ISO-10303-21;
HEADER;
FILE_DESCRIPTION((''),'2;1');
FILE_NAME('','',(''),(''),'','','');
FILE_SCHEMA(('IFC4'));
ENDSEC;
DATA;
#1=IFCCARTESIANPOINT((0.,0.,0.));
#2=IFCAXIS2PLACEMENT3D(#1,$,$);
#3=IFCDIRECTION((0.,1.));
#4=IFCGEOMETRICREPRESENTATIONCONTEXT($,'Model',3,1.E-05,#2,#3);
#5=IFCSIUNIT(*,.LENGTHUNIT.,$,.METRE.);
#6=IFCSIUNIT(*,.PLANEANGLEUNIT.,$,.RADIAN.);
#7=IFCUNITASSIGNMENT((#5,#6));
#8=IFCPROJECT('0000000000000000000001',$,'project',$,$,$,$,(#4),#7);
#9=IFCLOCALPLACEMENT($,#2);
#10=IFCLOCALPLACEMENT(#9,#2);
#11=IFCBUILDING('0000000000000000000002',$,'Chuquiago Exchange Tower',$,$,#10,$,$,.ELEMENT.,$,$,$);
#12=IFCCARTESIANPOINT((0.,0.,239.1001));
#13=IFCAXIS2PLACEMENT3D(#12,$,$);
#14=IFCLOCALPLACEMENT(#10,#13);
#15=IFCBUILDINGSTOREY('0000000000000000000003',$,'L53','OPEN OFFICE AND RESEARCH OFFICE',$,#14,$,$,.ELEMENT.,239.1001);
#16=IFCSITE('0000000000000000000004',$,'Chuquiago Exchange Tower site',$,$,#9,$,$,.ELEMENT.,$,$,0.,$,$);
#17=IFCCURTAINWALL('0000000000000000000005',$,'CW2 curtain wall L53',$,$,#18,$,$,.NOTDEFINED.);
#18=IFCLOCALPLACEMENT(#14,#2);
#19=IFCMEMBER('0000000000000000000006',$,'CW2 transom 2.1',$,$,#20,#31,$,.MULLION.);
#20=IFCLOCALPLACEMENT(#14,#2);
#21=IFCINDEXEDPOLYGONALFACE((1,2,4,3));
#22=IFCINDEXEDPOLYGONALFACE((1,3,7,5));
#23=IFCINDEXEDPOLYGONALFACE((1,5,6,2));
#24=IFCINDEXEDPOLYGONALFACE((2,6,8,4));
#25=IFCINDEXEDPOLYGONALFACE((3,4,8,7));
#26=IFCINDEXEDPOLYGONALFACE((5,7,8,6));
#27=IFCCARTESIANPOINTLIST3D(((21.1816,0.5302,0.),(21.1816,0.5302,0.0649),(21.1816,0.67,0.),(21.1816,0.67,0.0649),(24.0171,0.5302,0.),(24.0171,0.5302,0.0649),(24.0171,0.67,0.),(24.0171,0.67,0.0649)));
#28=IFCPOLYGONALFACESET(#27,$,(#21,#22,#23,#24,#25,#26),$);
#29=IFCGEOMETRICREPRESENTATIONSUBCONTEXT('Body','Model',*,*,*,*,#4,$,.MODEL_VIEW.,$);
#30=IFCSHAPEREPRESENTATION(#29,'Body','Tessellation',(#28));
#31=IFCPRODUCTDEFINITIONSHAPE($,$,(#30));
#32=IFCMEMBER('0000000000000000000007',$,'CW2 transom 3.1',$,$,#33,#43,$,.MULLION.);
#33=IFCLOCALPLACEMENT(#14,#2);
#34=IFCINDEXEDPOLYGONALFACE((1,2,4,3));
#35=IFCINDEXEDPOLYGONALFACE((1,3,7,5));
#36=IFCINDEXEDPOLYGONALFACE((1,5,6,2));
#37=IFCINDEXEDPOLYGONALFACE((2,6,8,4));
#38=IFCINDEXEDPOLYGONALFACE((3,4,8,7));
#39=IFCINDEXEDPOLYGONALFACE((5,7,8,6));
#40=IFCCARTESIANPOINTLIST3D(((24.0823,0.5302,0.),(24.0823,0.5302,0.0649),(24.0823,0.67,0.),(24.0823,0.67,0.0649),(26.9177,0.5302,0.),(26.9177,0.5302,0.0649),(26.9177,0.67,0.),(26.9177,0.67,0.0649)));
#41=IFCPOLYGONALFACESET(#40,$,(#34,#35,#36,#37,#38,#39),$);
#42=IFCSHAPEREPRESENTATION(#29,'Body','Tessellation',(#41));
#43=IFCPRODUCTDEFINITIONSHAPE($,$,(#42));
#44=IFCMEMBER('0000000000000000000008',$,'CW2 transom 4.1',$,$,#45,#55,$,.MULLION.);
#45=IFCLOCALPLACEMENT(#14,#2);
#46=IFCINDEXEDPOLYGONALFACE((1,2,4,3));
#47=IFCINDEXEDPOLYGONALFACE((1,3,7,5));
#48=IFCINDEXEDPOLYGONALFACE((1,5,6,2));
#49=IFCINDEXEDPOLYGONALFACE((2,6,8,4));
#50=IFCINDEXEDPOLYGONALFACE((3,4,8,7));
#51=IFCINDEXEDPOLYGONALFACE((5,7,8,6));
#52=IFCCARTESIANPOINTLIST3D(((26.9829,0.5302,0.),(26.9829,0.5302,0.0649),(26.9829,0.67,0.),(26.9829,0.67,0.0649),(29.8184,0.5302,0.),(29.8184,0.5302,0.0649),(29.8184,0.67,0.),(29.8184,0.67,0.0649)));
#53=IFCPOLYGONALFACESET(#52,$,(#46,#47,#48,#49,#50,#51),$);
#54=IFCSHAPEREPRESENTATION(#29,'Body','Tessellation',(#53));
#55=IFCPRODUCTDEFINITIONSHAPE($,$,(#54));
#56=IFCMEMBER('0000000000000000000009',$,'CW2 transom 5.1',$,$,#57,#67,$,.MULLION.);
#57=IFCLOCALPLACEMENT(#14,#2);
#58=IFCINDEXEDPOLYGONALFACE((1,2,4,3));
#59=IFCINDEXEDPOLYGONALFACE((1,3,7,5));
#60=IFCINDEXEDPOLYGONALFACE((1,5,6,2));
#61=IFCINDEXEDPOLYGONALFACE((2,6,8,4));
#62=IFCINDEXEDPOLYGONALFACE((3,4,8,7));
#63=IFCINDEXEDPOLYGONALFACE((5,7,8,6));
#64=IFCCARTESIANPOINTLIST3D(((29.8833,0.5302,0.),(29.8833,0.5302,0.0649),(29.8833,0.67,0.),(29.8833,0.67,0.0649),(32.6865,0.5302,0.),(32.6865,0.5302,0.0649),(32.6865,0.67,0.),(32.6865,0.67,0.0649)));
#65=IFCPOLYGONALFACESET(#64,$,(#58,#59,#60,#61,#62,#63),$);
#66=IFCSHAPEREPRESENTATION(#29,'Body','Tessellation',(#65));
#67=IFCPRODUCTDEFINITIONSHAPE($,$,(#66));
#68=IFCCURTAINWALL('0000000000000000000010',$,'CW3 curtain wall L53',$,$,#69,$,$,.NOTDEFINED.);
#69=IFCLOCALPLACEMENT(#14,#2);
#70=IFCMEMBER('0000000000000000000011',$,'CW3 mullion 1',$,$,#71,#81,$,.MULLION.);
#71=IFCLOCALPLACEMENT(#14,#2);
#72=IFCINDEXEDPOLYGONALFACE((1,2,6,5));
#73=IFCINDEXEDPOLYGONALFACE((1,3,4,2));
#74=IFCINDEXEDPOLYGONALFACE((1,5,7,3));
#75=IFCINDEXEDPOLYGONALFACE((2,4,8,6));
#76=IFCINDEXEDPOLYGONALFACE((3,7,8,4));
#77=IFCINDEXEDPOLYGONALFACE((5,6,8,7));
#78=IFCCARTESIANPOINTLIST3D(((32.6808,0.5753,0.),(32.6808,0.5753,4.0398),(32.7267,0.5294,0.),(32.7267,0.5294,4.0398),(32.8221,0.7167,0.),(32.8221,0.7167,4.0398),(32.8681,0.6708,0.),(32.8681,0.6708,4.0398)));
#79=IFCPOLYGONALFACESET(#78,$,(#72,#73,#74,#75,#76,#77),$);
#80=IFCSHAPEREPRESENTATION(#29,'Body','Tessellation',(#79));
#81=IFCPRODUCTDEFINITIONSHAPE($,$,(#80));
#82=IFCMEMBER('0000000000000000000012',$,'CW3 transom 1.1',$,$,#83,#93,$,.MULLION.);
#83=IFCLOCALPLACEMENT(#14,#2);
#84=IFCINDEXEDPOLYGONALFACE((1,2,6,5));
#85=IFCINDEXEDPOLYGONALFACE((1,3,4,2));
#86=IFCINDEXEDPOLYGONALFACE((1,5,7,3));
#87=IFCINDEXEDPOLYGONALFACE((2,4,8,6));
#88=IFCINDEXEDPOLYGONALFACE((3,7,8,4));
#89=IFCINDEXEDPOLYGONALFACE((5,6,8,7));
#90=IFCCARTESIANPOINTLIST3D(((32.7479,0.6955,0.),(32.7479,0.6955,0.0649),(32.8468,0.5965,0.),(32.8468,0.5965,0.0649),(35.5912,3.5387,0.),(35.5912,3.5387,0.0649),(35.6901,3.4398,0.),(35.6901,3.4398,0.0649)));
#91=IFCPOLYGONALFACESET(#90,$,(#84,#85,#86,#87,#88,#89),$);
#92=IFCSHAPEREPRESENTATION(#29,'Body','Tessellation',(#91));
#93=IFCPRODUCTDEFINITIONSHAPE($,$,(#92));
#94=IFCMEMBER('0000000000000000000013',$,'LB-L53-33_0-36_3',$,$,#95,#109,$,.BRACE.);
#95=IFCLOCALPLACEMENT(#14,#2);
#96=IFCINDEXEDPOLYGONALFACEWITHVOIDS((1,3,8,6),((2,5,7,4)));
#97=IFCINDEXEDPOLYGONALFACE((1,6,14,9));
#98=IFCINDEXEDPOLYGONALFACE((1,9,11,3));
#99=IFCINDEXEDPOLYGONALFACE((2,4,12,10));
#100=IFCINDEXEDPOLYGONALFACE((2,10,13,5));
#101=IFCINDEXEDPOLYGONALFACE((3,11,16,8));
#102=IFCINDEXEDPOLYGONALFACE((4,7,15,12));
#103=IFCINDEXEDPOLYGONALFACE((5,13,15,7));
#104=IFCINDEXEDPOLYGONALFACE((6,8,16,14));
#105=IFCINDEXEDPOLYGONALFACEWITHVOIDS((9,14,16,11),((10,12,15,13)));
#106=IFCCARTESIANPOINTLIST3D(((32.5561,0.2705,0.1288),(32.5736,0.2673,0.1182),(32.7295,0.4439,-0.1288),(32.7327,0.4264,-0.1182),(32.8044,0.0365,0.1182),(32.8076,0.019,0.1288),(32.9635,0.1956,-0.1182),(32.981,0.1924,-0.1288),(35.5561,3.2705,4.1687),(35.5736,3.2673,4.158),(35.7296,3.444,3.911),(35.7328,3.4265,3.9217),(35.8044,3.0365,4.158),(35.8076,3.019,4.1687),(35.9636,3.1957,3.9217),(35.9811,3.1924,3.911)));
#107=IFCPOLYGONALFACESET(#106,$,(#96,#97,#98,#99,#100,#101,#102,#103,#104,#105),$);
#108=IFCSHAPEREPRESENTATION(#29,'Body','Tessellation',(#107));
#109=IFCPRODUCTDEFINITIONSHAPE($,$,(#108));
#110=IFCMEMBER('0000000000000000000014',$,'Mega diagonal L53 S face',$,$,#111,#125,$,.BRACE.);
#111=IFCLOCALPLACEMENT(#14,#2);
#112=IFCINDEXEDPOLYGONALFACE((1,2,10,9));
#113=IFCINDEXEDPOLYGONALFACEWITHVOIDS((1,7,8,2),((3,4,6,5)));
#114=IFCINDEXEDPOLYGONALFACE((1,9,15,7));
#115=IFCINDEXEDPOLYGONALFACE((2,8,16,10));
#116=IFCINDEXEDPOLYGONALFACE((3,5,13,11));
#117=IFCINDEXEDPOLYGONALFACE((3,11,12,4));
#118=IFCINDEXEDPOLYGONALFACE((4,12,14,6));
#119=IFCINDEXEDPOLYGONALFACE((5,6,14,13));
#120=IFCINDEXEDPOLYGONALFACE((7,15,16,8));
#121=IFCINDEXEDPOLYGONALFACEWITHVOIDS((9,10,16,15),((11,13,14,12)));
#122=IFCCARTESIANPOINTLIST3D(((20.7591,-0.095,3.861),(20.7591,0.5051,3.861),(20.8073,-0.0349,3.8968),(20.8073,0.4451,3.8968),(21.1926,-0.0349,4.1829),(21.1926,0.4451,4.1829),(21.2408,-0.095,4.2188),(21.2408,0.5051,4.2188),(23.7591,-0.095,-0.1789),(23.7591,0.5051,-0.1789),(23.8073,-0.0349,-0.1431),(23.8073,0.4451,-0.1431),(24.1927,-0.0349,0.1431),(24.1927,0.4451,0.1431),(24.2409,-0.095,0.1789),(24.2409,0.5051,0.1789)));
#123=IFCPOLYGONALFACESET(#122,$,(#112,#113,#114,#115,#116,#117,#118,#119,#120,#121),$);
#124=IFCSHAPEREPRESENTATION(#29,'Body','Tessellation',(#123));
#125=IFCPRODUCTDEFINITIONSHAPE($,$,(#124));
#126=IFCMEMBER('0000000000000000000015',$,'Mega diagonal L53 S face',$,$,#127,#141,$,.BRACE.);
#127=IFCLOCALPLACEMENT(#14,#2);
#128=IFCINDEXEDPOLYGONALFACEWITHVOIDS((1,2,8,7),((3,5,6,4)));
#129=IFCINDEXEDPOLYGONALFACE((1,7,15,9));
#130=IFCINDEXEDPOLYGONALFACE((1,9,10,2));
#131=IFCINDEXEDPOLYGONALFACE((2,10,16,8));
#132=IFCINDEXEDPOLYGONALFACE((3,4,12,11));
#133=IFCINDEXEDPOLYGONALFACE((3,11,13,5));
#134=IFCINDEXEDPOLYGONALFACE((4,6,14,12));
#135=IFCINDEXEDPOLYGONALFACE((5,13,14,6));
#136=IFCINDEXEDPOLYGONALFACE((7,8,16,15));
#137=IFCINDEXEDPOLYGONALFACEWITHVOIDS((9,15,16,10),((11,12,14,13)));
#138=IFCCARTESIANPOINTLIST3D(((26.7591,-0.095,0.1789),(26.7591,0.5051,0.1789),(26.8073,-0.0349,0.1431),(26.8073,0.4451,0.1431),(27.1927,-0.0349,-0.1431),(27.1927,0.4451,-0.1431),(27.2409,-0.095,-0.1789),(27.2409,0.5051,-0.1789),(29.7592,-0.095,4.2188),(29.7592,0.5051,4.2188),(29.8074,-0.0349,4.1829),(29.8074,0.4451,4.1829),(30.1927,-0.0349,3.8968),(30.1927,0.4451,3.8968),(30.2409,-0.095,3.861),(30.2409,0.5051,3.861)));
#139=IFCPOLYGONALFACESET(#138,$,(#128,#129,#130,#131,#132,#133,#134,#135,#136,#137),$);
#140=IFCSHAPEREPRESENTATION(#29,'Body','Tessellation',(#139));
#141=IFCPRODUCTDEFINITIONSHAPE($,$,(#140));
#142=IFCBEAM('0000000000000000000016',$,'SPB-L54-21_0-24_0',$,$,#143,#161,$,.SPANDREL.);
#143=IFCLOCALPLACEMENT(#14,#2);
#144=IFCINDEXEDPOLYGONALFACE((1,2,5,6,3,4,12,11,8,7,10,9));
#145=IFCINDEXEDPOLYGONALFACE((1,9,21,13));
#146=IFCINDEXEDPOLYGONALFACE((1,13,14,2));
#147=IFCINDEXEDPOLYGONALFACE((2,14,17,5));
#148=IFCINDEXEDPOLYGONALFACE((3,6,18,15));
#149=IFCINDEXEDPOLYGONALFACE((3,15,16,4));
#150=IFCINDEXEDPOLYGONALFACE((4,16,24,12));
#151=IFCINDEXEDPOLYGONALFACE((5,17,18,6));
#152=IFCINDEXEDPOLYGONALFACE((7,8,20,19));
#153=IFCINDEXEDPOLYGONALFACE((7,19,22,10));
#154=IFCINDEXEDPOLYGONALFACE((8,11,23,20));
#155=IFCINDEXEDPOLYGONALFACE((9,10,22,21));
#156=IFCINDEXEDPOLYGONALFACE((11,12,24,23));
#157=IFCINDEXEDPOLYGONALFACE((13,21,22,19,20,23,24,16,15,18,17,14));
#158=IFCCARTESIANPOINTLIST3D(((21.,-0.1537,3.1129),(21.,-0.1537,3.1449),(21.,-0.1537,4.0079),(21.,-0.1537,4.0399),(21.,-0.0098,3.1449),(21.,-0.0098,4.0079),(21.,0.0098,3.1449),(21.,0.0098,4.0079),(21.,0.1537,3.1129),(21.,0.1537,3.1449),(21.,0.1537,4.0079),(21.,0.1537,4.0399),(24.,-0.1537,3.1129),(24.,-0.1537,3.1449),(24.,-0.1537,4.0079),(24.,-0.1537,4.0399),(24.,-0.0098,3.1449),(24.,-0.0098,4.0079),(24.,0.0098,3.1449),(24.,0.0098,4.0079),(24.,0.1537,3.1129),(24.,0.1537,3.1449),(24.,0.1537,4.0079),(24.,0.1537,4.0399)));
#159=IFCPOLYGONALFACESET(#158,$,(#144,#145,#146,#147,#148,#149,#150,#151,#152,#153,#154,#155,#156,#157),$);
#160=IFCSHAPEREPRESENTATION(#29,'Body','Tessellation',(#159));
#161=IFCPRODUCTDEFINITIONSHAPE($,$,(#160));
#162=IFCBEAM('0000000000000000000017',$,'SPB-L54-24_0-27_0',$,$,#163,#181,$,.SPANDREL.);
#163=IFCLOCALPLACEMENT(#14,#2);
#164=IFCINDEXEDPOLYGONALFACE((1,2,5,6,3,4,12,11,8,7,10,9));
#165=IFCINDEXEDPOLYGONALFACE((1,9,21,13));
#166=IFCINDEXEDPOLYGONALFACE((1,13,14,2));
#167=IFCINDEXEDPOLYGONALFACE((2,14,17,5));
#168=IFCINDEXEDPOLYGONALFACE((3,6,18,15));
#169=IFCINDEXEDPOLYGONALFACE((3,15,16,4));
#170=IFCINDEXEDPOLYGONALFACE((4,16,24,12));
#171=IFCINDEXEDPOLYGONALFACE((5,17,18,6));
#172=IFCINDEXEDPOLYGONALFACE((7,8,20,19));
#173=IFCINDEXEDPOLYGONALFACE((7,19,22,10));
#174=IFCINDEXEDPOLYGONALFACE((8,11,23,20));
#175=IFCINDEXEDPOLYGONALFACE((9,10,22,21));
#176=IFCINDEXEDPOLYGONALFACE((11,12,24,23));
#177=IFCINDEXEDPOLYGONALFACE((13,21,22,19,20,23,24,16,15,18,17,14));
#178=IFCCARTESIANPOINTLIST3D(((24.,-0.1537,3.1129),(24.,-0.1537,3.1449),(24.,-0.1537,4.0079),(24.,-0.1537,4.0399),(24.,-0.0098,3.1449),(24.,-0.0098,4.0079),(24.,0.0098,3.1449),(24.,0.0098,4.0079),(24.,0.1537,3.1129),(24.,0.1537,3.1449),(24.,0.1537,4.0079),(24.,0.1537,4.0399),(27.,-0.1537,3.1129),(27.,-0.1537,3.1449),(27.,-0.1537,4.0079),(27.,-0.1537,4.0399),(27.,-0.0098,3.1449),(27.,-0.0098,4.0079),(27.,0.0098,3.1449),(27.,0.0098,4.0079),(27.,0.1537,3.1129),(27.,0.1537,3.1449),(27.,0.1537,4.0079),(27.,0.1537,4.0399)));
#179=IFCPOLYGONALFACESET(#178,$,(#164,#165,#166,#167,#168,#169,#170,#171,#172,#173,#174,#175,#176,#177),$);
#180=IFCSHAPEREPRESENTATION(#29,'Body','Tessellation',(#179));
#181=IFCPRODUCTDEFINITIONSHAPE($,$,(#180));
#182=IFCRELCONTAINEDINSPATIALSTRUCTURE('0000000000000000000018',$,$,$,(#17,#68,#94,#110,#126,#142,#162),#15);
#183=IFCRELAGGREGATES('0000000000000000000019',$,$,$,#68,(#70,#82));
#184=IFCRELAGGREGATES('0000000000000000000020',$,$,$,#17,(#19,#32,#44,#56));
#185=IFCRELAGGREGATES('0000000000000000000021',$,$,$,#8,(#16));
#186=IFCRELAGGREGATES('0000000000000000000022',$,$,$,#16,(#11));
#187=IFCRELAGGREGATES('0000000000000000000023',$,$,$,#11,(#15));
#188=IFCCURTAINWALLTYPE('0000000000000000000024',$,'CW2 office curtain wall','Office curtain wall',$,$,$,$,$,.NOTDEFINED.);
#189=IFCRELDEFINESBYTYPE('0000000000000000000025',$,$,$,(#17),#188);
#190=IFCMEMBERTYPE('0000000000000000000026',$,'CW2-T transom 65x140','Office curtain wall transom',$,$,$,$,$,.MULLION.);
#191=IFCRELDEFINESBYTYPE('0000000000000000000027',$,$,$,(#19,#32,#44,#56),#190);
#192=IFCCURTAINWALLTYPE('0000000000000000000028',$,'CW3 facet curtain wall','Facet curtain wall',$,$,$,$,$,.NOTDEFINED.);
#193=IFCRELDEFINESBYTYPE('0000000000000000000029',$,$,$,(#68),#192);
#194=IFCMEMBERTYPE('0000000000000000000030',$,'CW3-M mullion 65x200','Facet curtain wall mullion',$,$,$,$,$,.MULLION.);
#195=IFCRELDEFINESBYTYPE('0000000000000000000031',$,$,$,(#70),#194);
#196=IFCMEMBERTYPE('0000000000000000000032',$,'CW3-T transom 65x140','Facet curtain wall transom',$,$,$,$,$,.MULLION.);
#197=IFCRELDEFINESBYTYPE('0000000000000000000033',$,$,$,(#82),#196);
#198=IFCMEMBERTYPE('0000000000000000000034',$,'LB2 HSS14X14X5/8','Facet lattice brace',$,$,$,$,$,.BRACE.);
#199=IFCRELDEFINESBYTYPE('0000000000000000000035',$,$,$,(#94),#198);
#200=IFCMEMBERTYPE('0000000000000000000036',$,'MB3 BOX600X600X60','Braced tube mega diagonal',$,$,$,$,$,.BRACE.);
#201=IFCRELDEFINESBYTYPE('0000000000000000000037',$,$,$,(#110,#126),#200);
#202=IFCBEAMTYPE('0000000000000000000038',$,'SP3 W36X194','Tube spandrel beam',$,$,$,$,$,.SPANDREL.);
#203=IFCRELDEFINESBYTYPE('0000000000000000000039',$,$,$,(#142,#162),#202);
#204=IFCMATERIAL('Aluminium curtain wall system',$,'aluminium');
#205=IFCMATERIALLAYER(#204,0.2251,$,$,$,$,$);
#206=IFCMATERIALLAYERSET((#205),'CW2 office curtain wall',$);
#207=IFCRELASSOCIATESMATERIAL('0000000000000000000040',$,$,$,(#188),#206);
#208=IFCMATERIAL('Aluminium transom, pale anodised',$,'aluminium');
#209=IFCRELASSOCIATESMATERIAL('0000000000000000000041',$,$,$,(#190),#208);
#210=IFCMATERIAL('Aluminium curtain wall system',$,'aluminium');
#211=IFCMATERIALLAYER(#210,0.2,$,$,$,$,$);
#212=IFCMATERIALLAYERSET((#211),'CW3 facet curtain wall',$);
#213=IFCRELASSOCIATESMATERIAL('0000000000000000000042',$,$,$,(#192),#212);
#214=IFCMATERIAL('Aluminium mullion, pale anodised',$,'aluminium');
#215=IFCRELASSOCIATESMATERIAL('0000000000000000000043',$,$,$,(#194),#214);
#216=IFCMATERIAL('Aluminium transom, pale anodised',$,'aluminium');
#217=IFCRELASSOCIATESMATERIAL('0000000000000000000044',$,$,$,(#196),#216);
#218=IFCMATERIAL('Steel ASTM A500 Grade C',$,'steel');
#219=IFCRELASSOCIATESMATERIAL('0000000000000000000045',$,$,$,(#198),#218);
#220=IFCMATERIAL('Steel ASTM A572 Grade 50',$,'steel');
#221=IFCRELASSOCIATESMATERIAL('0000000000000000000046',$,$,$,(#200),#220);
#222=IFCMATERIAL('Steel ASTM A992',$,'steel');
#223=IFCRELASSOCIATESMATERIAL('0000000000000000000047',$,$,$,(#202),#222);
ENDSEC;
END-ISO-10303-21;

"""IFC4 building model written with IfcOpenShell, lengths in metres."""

from ifc_helpers import new_model, si_unit, direction, frame, origin, origin_2d, place, context, subcontext, project, spatial, rectangle, hollow_rectangle, i_section, extrude, material, layer, layer_set, material_profile, profile_set, type_object, element, aggregate, save


model = new_model("IFC4")

# Units and contexts
model_context = context("Model", 3, precision=1e-05, world=origin(), true_north=direction((0.0, 1.0)))
body_context = subcontext(model_context, "Body", "Model", "MODEL_VIEW")
ifc_project = project(units=[si_unit("LENGTHUNIT", "METRE"), si_unit("PLANEANGLEUNIT", "RADIAN")], contexts=[model_context])

# Site, building, storey
site_placement = place(None, origin())
site = spatial("IfcSite", under=ifc_project, at=site_placement, Name="Chuquiago Exchange Tower site", CompositionType="ELEMENT", RefElevation=0.0)
building_placement = place(site_placement, origin())
building = spatial("IfcBuilding", under=site, at=building_placement, Name="Chuquiago Exchange Tower", CompositionType="ELEMENT")
storey_placement = place(building_placement, frame((0.0, 0.0, 239.1001)))
storey = spatial("IfcBuildingStorey", under=building, at=storey_placement, Name="L53", Description="OPEN OFFICE AND RESEARCH OFFICE", CompositionType="ELEMENT", Elevation=239.1001)

# Curtain walls, members
ifc_material_1 = material(Name="Aluminium curtain wall system", Category="aluminium")
ifc_layer_1 = layer(ifc_material_1, 0.2251)
ifc_layer_set_1 = layer_set([ifc_layer_1], Name="CW2 office curtain wall")
curtain_wall_type_1 = type_object("IfcCurtainWallType", Name="CW2 office curtain wall", Description="Office curtain wall", PredefinedType="NOTDEFINED", material=ifc_layer_set_1)
curtain_wall_1_placement = place(storey_placement, origin())
curtain_wall_1 = element("IfcCurtainWall", 1, at=curtain_wall_1_placement, inside=storey, type_object=curtain_wall_type_1, Name="CW2 curtain wall L53", PredefinedType="NOTDEFINED")
ifc_material_2 = material(Name="Aluminium transom, pale anodised", Category="aluminium")
ifc_material_profile_1 = material_profile(ifc_material_2, rectangle(XDim=0.1399, YDim=0.0649, at=origin_2d()), Name="AL 140x65")
ifc_profile_set_1 = profile_set([ifc_material_profile_1], Name="Aluminium transom, pale anodised")
member_type_1 = type_object("IfcMemberType", Name="CW2-T transom 65x140", Description="Office curtain wall transom", PredefinedType="MULLION", material=ifc_profile_set_1)
member_1_placement = place(storey_placement, frame((21.1816, 0.6001, 0.0325), z_axis=(1.0, 0.0, 0.0), x_axis=(0.0, 1.0, 0.0)))
member_1 = element("IfcMember", 2, at=member_1_placement, type_object=member_type_1, Name="CW2 transom 2.1", PredefinedType="MULLION", context=body_context, shape_type="SweptSolid", body=[
    extrude(rectangle(XDim=0.1399, YDim=0.0649, at=origin_2d()), origin(), (0.0, 0.0, 1.0), 2.8354),
])
member_2_placement = place(storey_placement, frame((24.0823, 0.6001, 0.0325), z_axis=(1.0, 0.0, 0.0), x_axis=(0.0, 1.0, 0.0)))
member_2 = element("IfcMember", 3, at=member_2_placement, type_object=member_type_1, Name="CW2 transom 3.1", PredefinedType="MULLION", context=body_context, shape_type="SweptSolid", body=[
    extrude(rectangle(XDim=0.1399, YDim=0.0649, at=origin_2d()), origin(), (0.0, 0.0, 1.0), 2.8354),
])
member_3_placement = place(storey_placement, frame((26.9829, 0.6001, 0.0325), z_axis=(1.0, 0.0, 0.0), x_axis=(0.0, 1.0, 0.0)))
member_3 = element("IfcMember", 4, at=member_3_placement, type_object=member_type_1, Name="CW2 transom 4.1", PredefinedType="MULLION", context=body_context, shape_type="SweptSolid", body=[
    extrude(rectangle(XDim=0.1399, YDim=0.0649, at=origin_2d()), origin(), (0.0, 0.0, 1.0), 2.8354),
])
member_4_placement = place(storey_placement, frame((29.8833, 0.6001, 0.0325), z_axis=(1.0, 0.0, 0.0), x_axis=(0.0, 1.0, 0.0)))
member_4 = element("IfcMember", 5, at=member_4_placement, type_object=member_type_1, Name="CW2 transom 5.1", PredefinedType="MULLION", context=body_context, shape_type="SweptSolid", body=[
    extrude(rectangle(XDim=0.1399, YDim=0.0649, at=origin_2d()), origin(), (0.0, 0.0, 1.0), 2.8032),
])
ifc_material_3 = material(Name="Aluminium curtain wall system", Category="aluminium")
ifc_layer_2 = layer(ifc_material_3, 0.2)
ifc_layer_set_2 = layer_set([ifc_layer_2], Name="CW3 facet curtain wall")
curtain_wall_type_2 = type_object("IfcCurtainWallType", Name="CW3 facet curtain wall", Description="Facet curtain wall", PredefinedType="NOTDEFINED", material=ifc_layer_set_2)
curtain_wall_2_placement = place(storey_placement, origin())
curtain_wall_2 = element("IfcCurtainWall", 6, at=curtain_wall_2_placement, inside=storey, type_object=curtain_wall_type_2, Name="CW3 curtain wall L53", PredefinedType="NOTDEFINED")
ifc_material_4 = material(Name="Aluminium mullion, pale anodised", Category="aluminium")
ifc_material_profile_2 = material_profile(ifc_material_4, rectangle(XDim=0.0649, YDim=0.2, at=origin_2d()), Name="AL 65x200")
ifc_profile_set_2 = profile_set([ifc_material_profile_2], Name="Aluminium mullion, pale anodised")
member_type_2 = type_object("IfcMemberType", Name="CW3-M mullion 65x200", Description="Facet curtain wall mullion", PredefinedType="MULLION", material=ifc_profile_set_2)
member_5_placement = place(storey_placement, frame((32.7744, 0.623, 0.0), z_axis=(0.0, 0.0, 1.0), x_axis=(-0.707107, 0.707107, 0.0)))
member_5 = element("IfcMember", 7, at=member_5_placement, type_object=member_type_2, Name="CW3 mullion 1", PredefinedType="MULLION", context=body_context, shape_type="SweptSolid", body=[
    extrude(rectangle(XDim=0.0649, YDim=0.2, at=origin_2d()), origin(), (0.0, 0.0, 1.0), 4.0398),
])
ifc_material_5 = material(Name="Aluminium transom, pale anodised", Category="aluminium")
ifc_material_profile_3 = material_profile(ifc_material_5, rectangle(XDim=0.1399, YDim=0.0649, at=origin_2d()), Name="AL 140x65")
ifc_profile_set_3 = profile_set([ifc_material_profile_3], Name="Aluminium transom, pale anodised")
member_type_3 = type_object("IfcMemberType", Name="CW3-T transom 65x140", Description="Facet curtain wall transom", PredefinedType="MULLION", material=ifc_profile_set_3)
member_6_placement = place(storey_placement, frame((32.7974, 0.646, 0.0325), z_axis=(0.707107, 0.707107, 0.0), x_axis=(-0.707107, 0.707107, 0.0)))
member_6 = element("IfcMember", 8, at=member_6_placement, type_object=member_type_3, Name="CW3 transom 1.1", PredefinedType="MULLION", context=body_context, shape_type="SweptSolid", body=[
    extrude(rectangle(XDim=0.1399, YDim=0.0649, at=origin_2d()), origin(), (0.0, 0.0, 1.0), 4.021),
])
aggregate(curtain_wall_2, [member_5, member_6])

# Members
ifc_material_6 = material(Name="Steel ASTM A500 Grade C", Category="steel")
ifc_material_profile_4 = material_profile(ifc_material_6, hollow_rectangle(XDim=0.3557, YDim=0.3557, WallThickness=0.0146, at=origin_2d()), Name="HSS14X14X5/8")
ifc_profile_set_4 = profile_set([ifc_material_profile_4], Name="Steel ASTM A500 Grade C")
member_type_4 = type_object("IfcMemberType", Name="LB2 HSS14X14X5/8", Description="Facet lattice brace", PredefinedType="BRACE", material=ifc_profile_set_4)
member_7_placement = place(storey_placement, frame((32.7686, 0.2314, 0.0), z_axis=(0.512092, 0.512092, 0.689582), x_axis=(-0.707107, 0.707107, 0.0)))
element("IfcMember", 9, at=member_7_placement, inside=storey, type_object=member_type_4, Name="LB-L53-33_0-36_3", PredefinedType="BRACE", context=body_context, shape_type="SweptSolid", body=[
    extrude(hollow_rectangle(XDim=0.3557, YDim=0.3557, WallThickness=0.0146, at=origin_2d()), origin(), (0.0, 0.0, 1.0), 5.8584),
])
ifc_material_7 = material(Name="Steel ASTM A572 Grade 50", Category="steel")
ifc_material_profile_5 = material_profile(ifc_material_7, hollow_rectangle(XDim=0.6001, YDim=0.6001, WallThickness=0.0601, at=origin_2d()), Name="BOX600X600X60")
ifc_profile_set_5 = profile_set([ifc_material_profile_5], Name="Steel ASTM A572 Grade 50")
member_type_5 = type_object("IfcMemberType", Name="MB3 BOX600X600X60", Description="Braced tube mega diagonal", PredefinedType="BRACE", material=ifc_profile_set_5)
for number, where, z_axis, x_axis, name in (
    (10, (24.0, 0.2051, 0.0), (-0.596197, 0.0, 0.802838), (0.0, -1.0, 0.0), "Mega diagonal L53 S face"),
    (11, (27.0, 0.2051, 0.0), (0.596197, 0.0, 0.802838), (0.0, 1.0, 0.0), "Mega diagonal L53 S face"),
):
    element("IfcMember", number, at=place(storey_placement, frame(where, z_axis=z_axis, x_axis=x_axis)), inside=storey, type_object=member_type_5, Name=name, PredefinedType="BRACE", context=body_context, shape_type="SweptSolid", body=[
        extrude(hollow_rectangle(XDim=0.6001, YDim=0.6001, WallThickness=0.0601, at=origin_2d()), origin(), (0.0, 0.0, 1.0), 5.032),
    ])

# Beams
ifc_material_8 = material(Name="Steel ASTM A992", Category="steel")
ifc_material_profile_6 = material_profile(ifc_material_8, i_section(OverallWidth=0.3074, OverallDepth=0.927, WebThickness=0.0195, FlangeThickness=0.032, at=origin_2d()), Name="W36X194")
ifc_profile_set_6 = profile_set([ifc_material_profile_6], Name="Steel ASTM A992")
beam_type = type_object("IfcBeamType", Name="SP3 W36X194", Description="Tube spandrel beam", PredefinedType="SPANDREL", material=ifc_profile_set_6)
for number, where, z_axis, x_axis, name in (
    (12, (21.0, 0.0, 3.5764), (1.0, 0.0, 0.0), (0.0, 1.0, 0.0), "SPB-L54-21_0-24_0"),
    (13, (24.0, 0.0, 3.5764), (1.0, 0.0, 0.0), (0.0, 1.0, 0.0), "SPB-L54-24_0-27_0"),
):
    element("IfcBeam", number, at=place(storey_placement, frame(where, z_axis=z_axis, x_axis=x_axis)), inside=storey, type_object=beam_type, Name=name, PredefinedType="SPANDREL", context=body_context, shape_type="SweptSolid", body=[
        extrude(i_section(OverallWidth=0.3074, OverallDepth=0.927, WebThickness=0.0195, FlangeThickness=0.032, at=origin_2d()), origin(), (0.0, 0.0, 1.0), 3.0),
    ])

aggregate(curtain_wall_1, [member_1, member_2, member_3, member_4])

save(model, "model.ifc")
